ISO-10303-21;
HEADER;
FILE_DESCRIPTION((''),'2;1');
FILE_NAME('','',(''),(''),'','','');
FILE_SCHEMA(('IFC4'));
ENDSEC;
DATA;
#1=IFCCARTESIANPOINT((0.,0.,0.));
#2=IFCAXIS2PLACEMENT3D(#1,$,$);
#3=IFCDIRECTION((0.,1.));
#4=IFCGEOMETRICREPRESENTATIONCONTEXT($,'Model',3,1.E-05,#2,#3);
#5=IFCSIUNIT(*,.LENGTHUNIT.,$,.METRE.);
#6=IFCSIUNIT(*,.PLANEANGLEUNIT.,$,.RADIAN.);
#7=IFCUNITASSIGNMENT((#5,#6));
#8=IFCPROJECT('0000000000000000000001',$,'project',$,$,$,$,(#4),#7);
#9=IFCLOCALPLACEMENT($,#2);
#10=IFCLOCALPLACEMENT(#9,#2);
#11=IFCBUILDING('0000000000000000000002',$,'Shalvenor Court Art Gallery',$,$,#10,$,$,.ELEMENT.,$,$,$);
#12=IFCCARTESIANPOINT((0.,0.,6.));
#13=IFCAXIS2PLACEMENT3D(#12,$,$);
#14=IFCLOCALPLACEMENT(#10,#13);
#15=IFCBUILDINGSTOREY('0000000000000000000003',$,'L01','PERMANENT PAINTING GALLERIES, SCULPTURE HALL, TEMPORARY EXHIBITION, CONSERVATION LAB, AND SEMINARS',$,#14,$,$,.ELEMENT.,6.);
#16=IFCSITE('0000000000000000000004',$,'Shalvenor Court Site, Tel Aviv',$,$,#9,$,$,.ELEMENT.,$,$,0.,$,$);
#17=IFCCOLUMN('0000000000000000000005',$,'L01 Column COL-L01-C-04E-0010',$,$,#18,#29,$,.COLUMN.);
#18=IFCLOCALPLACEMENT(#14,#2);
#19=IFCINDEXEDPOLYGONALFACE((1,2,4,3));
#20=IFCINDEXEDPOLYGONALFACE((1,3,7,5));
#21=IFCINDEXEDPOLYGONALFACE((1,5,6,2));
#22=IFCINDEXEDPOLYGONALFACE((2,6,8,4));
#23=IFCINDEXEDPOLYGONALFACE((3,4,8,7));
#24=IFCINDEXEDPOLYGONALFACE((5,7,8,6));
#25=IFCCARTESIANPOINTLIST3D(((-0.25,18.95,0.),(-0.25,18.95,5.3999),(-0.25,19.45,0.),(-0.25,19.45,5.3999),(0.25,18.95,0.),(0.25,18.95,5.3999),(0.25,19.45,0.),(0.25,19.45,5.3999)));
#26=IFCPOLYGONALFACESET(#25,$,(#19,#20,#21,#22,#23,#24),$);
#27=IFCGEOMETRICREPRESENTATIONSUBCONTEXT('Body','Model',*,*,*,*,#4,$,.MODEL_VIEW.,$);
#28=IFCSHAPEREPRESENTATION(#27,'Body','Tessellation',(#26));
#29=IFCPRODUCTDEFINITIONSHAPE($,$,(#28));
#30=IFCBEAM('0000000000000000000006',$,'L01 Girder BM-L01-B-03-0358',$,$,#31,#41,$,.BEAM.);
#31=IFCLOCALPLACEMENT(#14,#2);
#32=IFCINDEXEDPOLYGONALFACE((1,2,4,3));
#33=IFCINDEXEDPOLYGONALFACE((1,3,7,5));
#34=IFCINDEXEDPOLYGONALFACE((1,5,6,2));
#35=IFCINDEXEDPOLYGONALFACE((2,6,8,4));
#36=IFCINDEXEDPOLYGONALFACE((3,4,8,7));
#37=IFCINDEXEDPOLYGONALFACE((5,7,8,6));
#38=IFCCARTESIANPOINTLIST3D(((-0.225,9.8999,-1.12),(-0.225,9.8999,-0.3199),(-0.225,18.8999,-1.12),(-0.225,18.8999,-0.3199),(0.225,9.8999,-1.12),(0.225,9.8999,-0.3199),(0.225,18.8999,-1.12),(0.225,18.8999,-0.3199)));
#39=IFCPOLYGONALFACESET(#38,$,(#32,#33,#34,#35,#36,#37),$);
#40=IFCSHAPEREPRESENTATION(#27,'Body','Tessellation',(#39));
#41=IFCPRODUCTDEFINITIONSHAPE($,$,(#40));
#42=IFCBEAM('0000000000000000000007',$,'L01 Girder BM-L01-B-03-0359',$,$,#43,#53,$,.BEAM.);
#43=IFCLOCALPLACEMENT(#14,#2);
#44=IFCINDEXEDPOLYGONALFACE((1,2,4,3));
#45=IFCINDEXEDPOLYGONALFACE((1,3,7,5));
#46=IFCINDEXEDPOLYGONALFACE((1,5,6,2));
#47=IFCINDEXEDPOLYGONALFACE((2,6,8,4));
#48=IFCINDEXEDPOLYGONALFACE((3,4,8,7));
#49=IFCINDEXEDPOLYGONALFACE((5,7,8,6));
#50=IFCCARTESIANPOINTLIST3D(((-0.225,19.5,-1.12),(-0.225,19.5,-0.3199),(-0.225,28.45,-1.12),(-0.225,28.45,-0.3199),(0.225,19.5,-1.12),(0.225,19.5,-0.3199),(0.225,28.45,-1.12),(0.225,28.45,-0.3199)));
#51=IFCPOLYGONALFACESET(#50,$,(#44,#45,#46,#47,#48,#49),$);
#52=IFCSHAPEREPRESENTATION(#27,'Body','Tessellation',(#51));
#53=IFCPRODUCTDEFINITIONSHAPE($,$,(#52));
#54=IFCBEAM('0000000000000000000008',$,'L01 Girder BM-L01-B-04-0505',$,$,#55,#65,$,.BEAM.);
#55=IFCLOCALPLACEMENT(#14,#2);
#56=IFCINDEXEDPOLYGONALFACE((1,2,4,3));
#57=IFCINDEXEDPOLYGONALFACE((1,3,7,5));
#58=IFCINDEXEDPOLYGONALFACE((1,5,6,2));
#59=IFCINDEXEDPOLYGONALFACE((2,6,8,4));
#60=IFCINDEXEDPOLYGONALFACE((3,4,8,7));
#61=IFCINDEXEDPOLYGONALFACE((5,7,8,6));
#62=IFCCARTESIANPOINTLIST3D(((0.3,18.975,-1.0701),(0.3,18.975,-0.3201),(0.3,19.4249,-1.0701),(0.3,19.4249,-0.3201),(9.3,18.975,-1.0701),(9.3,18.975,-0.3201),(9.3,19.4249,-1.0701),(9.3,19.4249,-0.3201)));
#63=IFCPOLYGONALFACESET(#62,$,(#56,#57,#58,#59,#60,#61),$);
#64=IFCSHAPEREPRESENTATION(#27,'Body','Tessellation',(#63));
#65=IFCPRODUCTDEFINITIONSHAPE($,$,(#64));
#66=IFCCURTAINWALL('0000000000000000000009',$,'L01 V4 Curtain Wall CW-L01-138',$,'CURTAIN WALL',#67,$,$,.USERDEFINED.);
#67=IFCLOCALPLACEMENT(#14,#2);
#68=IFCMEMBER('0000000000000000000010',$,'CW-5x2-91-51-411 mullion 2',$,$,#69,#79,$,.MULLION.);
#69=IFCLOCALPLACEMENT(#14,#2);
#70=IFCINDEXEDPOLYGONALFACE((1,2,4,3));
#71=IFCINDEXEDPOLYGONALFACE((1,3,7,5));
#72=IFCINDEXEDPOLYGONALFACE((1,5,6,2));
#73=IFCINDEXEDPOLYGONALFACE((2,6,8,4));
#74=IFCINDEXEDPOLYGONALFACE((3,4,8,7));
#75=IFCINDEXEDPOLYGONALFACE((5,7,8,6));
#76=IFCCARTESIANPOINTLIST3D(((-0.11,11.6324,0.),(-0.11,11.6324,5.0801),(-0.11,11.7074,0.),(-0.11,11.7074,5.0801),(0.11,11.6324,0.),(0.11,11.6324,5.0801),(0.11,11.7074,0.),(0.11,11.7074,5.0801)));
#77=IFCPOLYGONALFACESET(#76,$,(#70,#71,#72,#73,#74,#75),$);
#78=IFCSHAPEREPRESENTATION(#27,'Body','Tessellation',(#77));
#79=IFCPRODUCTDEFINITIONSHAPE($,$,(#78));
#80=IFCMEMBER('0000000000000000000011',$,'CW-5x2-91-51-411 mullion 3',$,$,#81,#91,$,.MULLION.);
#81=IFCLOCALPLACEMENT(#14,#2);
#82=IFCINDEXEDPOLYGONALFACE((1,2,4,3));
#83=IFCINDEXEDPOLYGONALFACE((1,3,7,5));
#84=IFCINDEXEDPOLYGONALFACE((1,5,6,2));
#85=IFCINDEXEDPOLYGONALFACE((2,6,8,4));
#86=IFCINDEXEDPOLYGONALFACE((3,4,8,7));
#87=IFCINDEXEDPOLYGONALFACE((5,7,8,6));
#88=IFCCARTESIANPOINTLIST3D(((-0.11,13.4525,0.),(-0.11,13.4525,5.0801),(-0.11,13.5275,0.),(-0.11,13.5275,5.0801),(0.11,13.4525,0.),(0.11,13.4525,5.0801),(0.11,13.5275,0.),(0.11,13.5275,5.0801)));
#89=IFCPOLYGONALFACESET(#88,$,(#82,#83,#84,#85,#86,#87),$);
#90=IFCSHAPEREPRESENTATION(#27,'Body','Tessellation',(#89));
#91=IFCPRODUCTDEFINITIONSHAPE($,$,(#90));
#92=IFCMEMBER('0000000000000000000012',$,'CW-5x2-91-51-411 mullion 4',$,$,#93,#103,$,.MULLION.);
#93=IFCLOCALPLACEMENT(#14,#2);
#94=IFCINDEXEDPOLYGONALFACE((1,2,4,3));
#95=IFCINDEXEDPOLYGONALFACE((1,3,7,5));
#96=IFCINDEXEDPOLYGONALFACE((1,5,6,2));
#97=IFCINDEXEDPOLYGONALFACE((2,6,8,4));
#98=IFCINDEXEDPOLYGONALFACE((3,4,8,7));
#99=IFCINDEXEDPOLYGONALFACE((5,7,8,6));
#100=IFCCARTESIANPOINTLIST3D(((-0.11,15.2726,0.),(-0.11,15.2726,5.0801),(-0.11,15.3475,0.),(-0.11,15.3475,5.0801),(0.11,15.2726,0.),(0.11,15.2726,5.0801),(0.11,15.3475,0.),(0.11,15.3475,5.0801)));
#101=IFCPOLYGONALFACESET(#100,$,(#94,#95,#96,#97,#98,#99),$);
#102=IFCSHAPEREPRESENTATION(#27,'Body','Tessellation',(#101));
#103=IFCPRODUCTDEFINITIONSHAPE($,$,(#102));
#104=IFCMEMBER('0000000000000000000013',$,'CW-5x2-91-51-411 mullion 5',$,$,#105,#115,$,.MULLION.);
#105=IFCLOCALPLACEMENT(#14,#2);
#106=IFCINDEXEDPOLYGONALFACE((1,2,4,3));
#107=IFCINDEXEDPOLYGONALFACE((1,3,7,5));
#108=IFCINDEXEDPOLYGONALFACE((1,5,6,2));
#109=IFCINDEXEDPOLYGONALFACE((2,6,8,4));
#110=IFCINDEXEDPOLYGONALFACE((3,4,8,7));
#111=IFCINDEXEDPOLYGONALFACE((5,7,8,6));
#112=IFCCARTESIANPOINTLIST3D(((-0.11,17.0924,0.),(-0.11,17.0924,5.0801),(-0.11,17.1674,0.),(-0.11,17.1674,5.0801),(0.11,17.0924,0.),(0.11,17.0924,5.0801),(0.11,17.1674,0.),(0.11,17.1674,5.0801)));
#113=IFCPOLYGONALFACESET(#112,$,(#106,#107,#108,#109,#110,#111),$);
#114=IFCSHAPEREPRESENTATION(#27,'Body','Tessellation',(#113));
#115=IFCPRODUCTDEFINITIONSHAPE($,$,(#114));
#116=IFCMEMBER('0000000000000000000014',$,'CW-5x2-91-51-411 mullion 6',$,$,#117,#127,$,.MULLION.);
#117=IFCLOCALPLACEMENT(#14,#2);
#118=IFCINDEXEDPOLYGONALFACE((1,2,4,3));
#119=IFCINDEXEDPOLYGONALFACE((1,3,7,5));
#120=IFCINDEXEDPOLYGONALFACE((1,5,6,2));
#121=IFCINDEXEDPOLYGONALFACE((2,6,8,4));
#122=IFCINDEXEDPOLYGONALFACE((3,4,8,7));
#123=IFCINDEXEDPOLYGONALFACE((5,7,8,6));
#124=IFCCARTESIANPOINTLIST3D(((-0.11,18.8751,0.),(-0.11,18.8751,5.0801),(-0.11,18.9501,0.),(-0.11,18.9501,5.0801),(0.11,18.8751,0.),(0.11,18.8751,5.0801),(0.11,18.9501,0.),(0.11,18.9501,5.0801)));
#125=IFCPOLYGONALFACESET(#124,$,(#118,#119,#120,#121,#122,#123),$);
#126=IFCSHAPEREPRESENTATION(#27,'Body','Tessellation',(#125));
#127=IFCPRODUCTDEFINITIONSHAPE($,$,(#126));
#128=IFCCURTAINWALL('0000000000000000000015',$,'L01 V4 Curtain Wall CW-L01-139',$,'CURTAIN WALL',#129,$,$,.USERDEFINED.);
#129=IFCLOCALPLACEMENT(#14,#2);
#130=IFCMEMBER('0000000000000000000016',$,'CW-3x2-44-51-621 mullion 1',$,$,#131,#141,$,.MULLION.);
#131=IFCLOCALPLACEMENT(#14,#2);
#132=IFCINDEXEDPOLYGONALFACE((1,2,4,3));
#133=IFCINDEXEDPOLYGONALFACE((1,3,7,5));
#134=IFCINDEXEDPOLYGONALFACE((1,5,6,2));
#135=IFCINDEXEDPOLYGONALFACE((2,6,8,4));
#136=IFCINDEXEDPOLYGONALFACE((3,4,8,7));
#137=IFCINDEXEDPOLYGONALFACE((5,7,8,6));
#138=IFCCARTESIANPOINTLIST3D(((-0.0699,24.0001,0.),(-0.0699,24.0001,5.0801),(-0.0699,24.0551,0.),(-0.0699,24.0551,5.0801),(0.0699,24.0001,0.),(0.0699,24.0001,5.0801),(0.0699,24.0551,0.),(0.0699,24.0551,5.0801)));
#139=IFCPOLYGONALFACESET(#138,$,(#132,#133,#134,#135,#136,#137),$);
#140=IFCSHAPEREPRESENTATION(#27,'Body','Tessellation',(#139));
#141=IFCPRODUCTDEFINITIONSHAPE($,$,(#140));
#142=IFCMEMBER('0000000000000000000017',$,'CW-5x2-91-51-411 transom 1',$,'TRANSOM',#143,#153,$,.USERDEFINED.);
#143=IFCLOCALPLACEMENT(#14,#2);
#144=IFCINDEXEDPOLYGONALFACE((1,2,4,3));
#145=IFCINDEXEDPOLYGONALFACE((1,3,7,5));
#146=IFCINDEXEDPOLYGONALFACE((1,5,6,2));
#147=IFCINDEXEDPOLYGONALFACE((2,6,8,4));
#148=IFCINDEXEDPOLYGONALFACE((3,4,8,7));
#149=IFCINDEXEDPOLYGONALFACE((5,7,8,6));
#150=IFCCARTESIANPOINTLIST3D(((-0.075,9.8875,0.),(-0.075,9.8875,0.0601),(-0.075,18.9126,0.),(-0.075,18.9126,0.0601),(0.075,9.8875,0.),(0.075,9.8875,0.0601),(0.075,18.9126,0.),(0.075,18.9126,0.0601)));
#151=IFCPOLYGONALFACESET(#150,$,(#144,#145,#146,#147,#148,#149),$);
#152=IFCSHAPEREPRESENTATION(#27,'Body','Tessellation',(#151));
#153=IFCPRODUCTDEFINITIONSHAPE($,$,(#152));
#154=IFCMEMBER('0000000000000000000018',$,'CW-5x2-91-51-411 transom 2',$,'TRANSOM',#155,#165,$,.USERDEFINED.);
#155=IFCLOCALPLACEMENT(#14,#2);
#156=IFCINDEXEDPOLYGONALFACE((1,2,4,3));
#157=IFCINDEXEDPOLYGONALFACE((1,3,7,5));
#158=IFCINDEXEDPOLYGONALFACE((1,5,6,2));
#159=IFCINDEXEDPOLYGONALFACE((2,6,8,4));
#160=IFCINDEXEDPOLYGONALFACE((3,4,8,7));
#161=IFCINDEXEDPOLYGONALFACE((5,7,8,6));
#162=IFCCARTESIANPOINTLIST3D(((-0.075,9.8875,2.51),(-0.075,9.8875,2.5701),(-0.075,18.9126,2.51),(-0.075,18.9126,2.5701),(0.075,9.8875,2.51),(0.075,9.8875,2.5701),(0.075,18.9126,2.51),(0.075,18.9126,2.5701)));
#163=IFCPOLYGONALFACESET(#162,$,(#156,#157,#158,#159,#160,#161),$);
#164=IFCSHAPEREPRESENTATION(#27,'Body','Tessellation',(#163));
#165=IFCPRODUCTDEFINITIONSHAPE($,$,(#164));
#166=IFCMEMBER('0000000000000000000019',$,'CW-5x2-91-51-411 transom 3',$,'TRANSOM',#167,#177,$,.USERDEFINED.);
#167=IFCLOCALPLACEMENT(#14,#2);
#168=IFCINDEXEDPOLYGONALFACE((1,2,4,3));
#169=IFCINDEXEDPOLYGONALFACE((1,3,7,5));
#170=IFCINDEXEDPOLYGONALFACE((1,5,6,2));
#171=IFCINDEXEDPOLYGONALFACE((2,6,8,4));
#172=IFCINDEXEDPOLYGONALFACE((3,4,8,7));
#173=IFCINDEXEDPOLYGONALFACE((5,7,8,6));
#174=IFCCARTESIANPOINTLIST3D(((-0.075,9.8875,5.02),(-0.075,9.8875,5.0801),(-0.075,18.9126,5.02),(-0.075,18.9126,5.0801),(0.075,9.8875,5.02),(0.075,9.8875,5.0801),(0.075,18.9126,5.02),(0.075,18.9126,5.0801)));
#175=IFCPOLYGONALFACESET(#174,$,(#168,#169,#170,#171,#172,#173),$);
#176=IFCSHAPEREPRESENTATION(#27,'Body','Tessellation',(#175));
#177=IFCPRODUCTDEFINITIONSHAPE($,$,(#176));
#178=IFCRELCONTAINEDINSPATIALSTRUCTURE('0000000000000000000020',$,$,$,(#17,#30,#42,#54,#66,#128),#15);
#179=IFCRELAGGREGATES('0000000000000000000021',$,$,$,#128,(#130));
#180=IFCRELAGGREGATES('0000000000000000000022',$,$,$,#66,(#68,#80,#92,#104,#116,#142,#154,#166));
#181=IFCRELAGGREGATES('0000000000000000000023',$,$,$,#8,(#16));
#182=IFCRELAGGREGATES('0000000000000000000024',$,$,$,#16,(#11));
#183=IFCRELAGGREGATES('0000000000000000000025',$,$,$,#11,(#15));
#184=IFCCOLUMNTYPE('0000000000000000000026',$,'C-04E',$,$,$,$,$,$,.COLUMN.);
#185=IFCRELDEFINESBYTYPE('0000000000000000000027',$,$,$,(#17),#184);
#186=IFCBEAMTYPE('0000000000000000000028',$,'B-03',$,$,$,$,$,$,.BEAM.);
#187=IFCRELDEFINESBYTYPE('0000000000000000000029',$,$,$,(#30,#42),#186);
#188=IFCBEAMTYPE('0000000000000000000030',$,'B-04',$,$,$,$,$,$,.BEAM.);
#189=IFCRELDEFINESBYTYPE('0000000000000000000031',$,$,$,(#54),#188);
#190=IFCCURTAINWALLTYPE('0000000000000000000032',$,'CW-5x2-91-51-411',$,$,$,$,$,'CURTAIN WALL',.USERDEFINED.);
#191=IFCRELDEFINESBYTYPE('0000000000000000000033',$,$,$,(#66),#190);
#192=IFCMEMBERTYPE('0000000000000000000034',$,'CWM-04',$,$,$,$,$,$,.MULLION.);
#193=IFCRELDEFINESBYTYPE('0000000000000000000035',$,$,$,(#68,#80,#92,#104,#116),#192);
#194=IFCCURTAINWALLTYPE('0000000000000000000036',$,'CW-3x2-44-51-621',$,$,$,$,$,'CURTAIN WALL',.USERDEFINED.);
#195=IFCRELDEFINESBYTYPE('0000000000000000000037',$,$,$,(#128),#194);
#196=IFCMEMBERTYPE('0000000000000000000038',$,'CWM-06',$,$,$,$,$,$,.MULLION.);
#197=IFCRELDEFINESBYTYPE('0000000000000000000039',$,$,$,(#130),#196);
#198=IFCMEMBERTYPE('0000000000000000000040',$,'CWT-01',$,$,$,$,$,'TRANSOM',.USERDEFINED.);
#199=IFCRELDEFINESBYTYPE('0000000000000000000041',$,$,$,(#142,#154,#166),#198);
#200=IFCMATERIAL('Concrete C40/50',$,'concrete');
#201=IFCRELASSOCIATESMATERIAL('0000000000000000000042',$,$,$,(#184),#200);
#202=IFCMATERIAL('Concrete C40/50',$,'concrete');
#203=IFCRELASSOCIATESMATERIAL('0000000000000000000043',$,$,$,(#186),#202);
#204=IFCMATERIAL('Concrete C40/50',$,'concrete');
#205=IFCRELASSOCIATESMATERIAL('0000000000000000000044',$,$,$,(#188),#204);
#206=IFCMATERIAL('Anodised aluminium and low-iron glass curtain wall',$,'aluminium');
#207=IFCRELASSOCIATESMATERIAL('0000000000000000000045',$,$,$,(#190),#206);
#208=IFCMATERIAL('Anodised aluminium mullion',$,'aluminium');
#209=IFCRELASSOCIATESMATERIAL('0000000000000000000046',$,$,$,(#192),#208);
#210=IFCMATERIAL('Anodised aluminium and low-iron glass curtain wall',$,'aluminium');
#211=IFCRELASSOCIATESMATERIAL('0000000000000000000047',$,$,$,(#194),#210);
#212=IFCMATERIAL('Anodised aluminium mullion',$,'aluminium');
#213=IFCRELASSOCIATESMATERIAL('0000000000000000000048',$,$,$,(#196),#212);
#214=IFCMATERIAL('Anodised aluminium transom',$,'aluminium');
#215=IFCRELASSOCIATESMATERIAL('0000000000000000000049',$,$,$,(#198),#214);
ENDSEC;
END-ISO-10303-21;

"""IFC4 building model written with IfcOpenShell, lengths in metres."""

from ifc_helpers import new_model, si_unit, direction, frame, origin, origin_2d, place, context, subcontext, project, spatial, rectangle, extrude, material, material_profile, profile_set, type_object, element, aggregate, save


model = new_model("IFC4")

# Units and contexts
model_context = context("Model", 3, precision=1e-05, world=origin(), true_north=direction((0.0, 1.0)))
body_context = subcontext(model_context, "Body", "Model", "MODEL_VIEW")
ifc_project = project(units=[si_unit("LENGTHUNIT", "METRE"), si_unit("PLANEANGLEUNIT", "RADIAN")], contexts=[model_context])

# Site, building, storey
site_placement = place(None, origin())
site = spatial("IfcSite", under=ifc_project, at=site_placement, Name="Shalvenor Court Site, Tel Aviv", CompositionType="ELEMENT", RefElevation=0.0)
building_placement = place(site_placement, origin())
building = spatial("IfcBuilding", under=site, at=building_placement, Name="Shalvenor Court Art Gallery", CompositionType="ELEMENT")
storey_placement = place(building_placement, frame((0.0, 0.0, 6.0)))
storey = spatial("IfcBuildingStorey", under=building, at=storey_placement, Name="L01", Description="PERMANENT PAINTING GALLERIES, SCULPTURE HALL, TEMPORARY EXHIBITION, CONSERVATION LAB, AND SEMINARS", CompositionType="ELEMENT", Elevation=6.0)

# Column
ifc_material_1 = material(Name="Concrete C40/50", Category="concrete")
ifc_material_profile_1 = material_profile(ifc_material_1, rectangle(XDim=0.5, YDim=0.5, at=origin_2d()), Name="RC 500x500")
ifc_profile_set_1 = profile_set([ifc_material_profile_1], Name="Concrete C40/50")
column_type = type_object("IfcColumnType", Name="C-04E", PredefinedType="COLUMN", material=ifc_profile_set_1)
column_placement = place(storey_placement, frame((0.0, 19.2, 0.0), z_axis=(0.0, 0.0, 1.0), x_axis=(1.0, 0.0, 0.0)))
element("IfcColumn", 1, at=column_placement, inside=storey, type_object=column_type, Name="L01 Column COL-L01-C-04E-0010", PredefinedType="COLUMN", context=body_context, shape_type="SweptSolid", body=[
    extrude(rectangle(XDim=0.5, YDim=0.5, at=origin_2d()), origin(), (0.0, 0.0, 1.0), 5.3999),
])

# Beams
ifc_material_2 = material(Name="Concrete C40/50", Category="concrete")
ifc_material_profile_2 = material_profile(ifc_material_2, rectangle(XDim=0.45, YDim=0.8, at=origin_2d()), Name="RC 450x800")
ifc_profile_set_2 = profile_set([ifc_material_profile_2], Name="Concrete C40/50")
beam_type_1 = type_object("IfcBeamType", Name="B-03", PredefinedType="BEAM", material=ifc_profile_set_2)
beam_1_placement = place(storey_placement, frame((0.0, 9.8999, -0.72), z_axis=(0.0, 1.0, 0.0), x_axis=(-1.0, 0.0, 0.0)))
element("IfcBeam", 2, at=beam_1_placement, inside=storey, type_object=beam_type_1, Name="L01 Girder BM-L01-B-03-0358", PredefinedType="BEAM", context=body_context, shape_type="SweptSolid", body=[
    extrude(rectangle(XDim=0.45, YDim=0.8, at=origin_2d()), origin(), (0.0, 0.0, 1.0), 9.0),
])
beam_2_placement = place(storey_placement, frame((0.0, 19.5, -0.72), z_axis=(0.0, 1.0, 0.0), x_axis=(-1.0, 0.0, 0.0)))
element("IfcBeam", 3, at=beam_2_placement, inside=storey, type_object=beam_type_1, Name="L01 Girder BM-L01-B-03-0359", PredefinedType="BEAM", context=body_context, shape_type="SweptSolid", body=[
    extrude(rectangle(XDim=0.45, YDim=0.8, at=origin_2d()), origin(), (0.0, 0.0, 1.0), 8.95),
])
ifc_material_3 = material(Name="Concrete C40/50", Category="concrete")
ifc_material_profile_3 = material_profile(ifc_material_3, rectangle(XDim=0.45, YDim=0.75, at=origin_2d()), Name="RC 450x750")
ifc_profile_set_3 = profile_set([ifc_material_profile_3], Name="Concrete C40/50")
beam_type_2 = type_object("IfcBeamType", Name="B-04", PredefinedType="BEAM", material=ifc_profile_set_3)
beam_3_placement = place(storey_placement, frame((0.3, 19.2, -0.6951), z_axis=(1.0, 0.0, 0.0), x_axis=(0.0, 1.0, 0.0)))
element("IfcBeam", 4, at=beam_3_placement, inside=storey, type_object=beam_type_2, Name="L01 Girder BM-L01-B-04-0505", PredefinedType="BEAM", context=body_context, shape_type="SweptSolid", body=[
    extrude(rectangle(XDim=0.45, YDim=0.75, at=origin_2d()), origin(), (0.0, 0.0, 1.0), 9.0),
])

# Curtain wall, members
ifc_material_4 = material(Name="Anodised aluminium and low-iron glass curtain wall", Category="aluminium")
curtain_wall_type_1 = type_object("IfcCurtainWallType", Name="CW-5x2-91-51-411", ElementType="CURTAIN WALL", PredefinedType="USERDEFINED", material=ifc_material_4)
curtain_wall_1_placement = place(storey_placement, origin())
curtain_wall_1 = element("IfcCurtainWall", 5, at=curtain_wall_1_placement, inside=storey, type_object=curtain_wall_type_1, Name="L01 V4 Curtain Wall CW-L01-138", ObjectType="CURTAIN WALL", PredefinedType="USERDEFINED")
ifc_material_5 = material(Name="Anodised aluminium mullion", Category="aluminium")
ifc_material_profile_4 = material_profile(ifc_material_5, rectangle(XDim=0.075, YDim=0.22, at=origin_2d()), Name="CWM-04")
ifc_profile_set_4 = profile_set([ifc_material_profile_4], Name="Anodised aluminium mullion")
member_type_1 = type_object("IfcMemberType", Name="CWM-04", PredefinedType="MULLION", material=ifc_profile_set_4)
member_1_placement = place(storey_placement, frame((0.0, 11.6699, 0.0), z_axis=(0.0, 0.0, 1.0), x_axis=(0.0, 1.0, 0.0)))
member_1 = element("IfcMember", 6, at=member_1_placement, type_object=member_type_1, Name="CW-5x2-91-51-411 mullion 2", PredefinedType="MULLION", context=body_context, shape_type="SweptSolid", body=[
    extrude(rectangle(XDim=0.075, YDim=0.22, at=origin_2d()), origin(), (0.0, 0.0, 1.0), 5.0801),
])
member_2_placement = place(storey_placement, frame((0.0, 13.49, 0.0), z_axis=(0.0, 0.0, 1.0), x_axis=(0.0, 1.0, 0.0)))
member_2 = element("IfcMember", 7, at=member_2_placement, type_object=member_type_1, Name="CW-5x2-91-51-411 mullion 3", PredefinedType="MULLION", context=body_context, shape_type="SweptSolid", body=[
    extrude(rectangle(XDim=0.075, YDim=0.22, at=origin_2d()), origin(), (0.0, 0.0, 1.0), 5.0801),
])
member_3_placement = place(storey_placement, frame((0.0, 15.3101, 0.0), z_axis=(0.0, 0.0, 1.0), x_axis=(0.0, 1.0, 0.0)))
member_3 = element("IfcMember", 8, at=member_3_placement, type_object=member_type_1, Name="CW-5x2-91-51-411 mullion 4", PredefinedType="MULLION", context=body_context, shape_type="SweptSolid", body=[
    extrude(rectangle(XDim=0.075, YDim=0.22, at=origin_2d()), origin(), (0.0, 0.0, 1.0), 5.0801),
])
member_4_placement = place(storey_placement, frame((0.0, 17.1299, 0.0), z_axis=(0.0, 0.0, 1.0), x_axis=(0.0, 1.0, 0.0)))
member_4 = element("IfcMember", 9, at=member_4_placement, type_object=member_type_1, Name="CW-5x2-91-51-411 mullion 5", PredefinedType="MULLION", context=body_context, shape_type="SweptSolid", body=[
    extrude(rectangle(XDim=0.075, YDim=0.22, at=origin_2d()), origin(), (0.0, 0.0, 1.0), 5.0801),
])
member_5_placement = place(storey_placement, frame((0.0, 18.9126, 0.0), z_axis=(0.0, 0.0, 1.0), x_axis=(0.0, 1.0, 0.0)))
member_5 = element("IfcMember", 10, at=member_5_placement, type_object=member_type_1, Name="CW-5x2-91-51-411 mullion 6", PredefinedType="MULLION", context=body_context, shape_type="SweptSolid", body=[
    extrude(rectangle(XDim=0.075, YDim=0.22, at=origin_2d()), origin(), (0.0, 0.0, 1.0), 5.0801),
])

# Curtain wall, member
ifc_material_6 = material(Name="Anodised aluminium and low-iron glass curtain wall", Category="aluminium")
curtain_wall_type_2 = type_object("IfcCurtainWallType", Name="CW-3x2-44-51-621", ElementType="CURTAIN WALL", PredefinedType="USERDEFINED", material=ifc_material_6)
curtain_wall_2_placement = place(storey_placement, origin())
curtain_wall_2 = element("IfcCurtainWall", 11, at=curtain_wall_2_placement, inside=storey, type_object=curtain_wall_type_2, Name="L01 V4 Curtain Wall CW-L01-139", ObjectType="CURTAIN WALL", PredefinedType="USERDEFINED")
ifc_material_7 = material(Name="Anodised aluminium mullion", Category="aluminium")
ifc_material_profile_5 = material_profile(ifc_material_7, rectangle(XDim=0.0549, YDim=0.1399, at=origin_2d()), Name="CWM-06")
ifc_profile_set_5 = profile_set([ifc_material_profile_5], Name="Anodised aluminium mullion")
member_type_2 = type_object("IfcMemberType", Name="CWM-06", PredefinedType="MULLION", material=ifc_profile_set_5)
member_6_placement = place(storey_placement, frame((0.0, 24.0276, 0.0), z_axis=(0.0, 0.0, 1.0), x_axis=(0.0, 1.0, 0.0)))
member_6 = element("IfcMember", 12, at=member_6_placement, type_object=member_type_2, Name="CW-3x2-44-51-621 mullion 1", PredefinedType="MULLION", context=body_context, shape_type="SweptSolid", body=[
    extrude(rectangle(XDim=0.0549, YDim=0.1399, at=origin_2d()), origin(), (0.0, 0.0, 1.0), 5.0801),
])

# Members
ifc_material_8 = material(Name="Anodised aluminium transom", Category="aluminium")
ifc_material_profile_6 = material_profile(ifc_material_8, rectangle(XDim=0.1499, YDim=0.0601, at=origin_2d()), Name="CWT-01")
ifc_profile_set_6 = profile_set([ifc_material_profile_6], Name="Anodised aluminium transom")
member_type_3 = type_object("IfcMemberType", Name="CWT-01", ElementType="TRANSOM", PredefinedType="USERDEFINED", material=ifc_profile_set_6)
member_7_placement = place(storey_placement, frame((0.0, 9.8875, 0.03), z_axis=(0.0, 1.0, 0.0), x_axis=(-1.0, 0.0, 0.0)))
member_7 = element("IfcMember", 13, at=member_7_placement, type_object=member_type_3, Name="CW-5x2-91-51-411 transom 1", ObjectType="TRANSOM", PredefinedType="USERDEFINED", context=body_context, shape_type="SweptSolid", body=[
    extrude(rectangle(XDim=0.1499, YDim=0.0601, at=origin_2d()), origin(), (0.0, 0.0, 1.0), 9.0251),
])
member_8_placement = place(storey_placement, frame((0.0, 9.8875, 2.54), z_axis=(0.0, 1.0, 0.0), x_axis=(-1.0, 0.0, 0.0)))
member_8 = element("IfcMember", 14, at=member_8_placement, type_object=member_type_3, Name="CW-5x2-91-51-411 transom 2", ObjectType="TRANSOM", PredefinedType="USERDEFINED", context=body_context, shape_type="SweptSolid", body=[
    extrude(rectangle(XDim=0.1499, YDim=0.0601, at=origin_2d()), origin(), (0.0, 0.0, 1.0), 9.0251),
])
member_9_placement = place(storey_placement, frame((0.0, 9.8875, 5.05), z_axis=(0.0, 1.0, 0.0), x_axis=(-1.0, 0.0, 0.0)))
member_9 = element("IfcMember", 15, at=member_9_placement, type_object=member_type_3, Name="CW-5x2-91-51-411 transom 3", ObjectType="TRANSOM", PredefinedType="USERDEFINED", context=body_context, shape_type="SweptSolid", body=[
    extrude(rectangle(XDim=0.1499, YDim=0.0601, at=origin_2d()), origin(), (0.0, 0.0, 1.0), 9.0251),
])
aggregate(curtain_wall_2, [member_6])

aggregate(curtain_wall_1, [member_1, member_2, member_3, member_4, member_5, member_7, member_8, member_9])

save(model, "model.ifc")
